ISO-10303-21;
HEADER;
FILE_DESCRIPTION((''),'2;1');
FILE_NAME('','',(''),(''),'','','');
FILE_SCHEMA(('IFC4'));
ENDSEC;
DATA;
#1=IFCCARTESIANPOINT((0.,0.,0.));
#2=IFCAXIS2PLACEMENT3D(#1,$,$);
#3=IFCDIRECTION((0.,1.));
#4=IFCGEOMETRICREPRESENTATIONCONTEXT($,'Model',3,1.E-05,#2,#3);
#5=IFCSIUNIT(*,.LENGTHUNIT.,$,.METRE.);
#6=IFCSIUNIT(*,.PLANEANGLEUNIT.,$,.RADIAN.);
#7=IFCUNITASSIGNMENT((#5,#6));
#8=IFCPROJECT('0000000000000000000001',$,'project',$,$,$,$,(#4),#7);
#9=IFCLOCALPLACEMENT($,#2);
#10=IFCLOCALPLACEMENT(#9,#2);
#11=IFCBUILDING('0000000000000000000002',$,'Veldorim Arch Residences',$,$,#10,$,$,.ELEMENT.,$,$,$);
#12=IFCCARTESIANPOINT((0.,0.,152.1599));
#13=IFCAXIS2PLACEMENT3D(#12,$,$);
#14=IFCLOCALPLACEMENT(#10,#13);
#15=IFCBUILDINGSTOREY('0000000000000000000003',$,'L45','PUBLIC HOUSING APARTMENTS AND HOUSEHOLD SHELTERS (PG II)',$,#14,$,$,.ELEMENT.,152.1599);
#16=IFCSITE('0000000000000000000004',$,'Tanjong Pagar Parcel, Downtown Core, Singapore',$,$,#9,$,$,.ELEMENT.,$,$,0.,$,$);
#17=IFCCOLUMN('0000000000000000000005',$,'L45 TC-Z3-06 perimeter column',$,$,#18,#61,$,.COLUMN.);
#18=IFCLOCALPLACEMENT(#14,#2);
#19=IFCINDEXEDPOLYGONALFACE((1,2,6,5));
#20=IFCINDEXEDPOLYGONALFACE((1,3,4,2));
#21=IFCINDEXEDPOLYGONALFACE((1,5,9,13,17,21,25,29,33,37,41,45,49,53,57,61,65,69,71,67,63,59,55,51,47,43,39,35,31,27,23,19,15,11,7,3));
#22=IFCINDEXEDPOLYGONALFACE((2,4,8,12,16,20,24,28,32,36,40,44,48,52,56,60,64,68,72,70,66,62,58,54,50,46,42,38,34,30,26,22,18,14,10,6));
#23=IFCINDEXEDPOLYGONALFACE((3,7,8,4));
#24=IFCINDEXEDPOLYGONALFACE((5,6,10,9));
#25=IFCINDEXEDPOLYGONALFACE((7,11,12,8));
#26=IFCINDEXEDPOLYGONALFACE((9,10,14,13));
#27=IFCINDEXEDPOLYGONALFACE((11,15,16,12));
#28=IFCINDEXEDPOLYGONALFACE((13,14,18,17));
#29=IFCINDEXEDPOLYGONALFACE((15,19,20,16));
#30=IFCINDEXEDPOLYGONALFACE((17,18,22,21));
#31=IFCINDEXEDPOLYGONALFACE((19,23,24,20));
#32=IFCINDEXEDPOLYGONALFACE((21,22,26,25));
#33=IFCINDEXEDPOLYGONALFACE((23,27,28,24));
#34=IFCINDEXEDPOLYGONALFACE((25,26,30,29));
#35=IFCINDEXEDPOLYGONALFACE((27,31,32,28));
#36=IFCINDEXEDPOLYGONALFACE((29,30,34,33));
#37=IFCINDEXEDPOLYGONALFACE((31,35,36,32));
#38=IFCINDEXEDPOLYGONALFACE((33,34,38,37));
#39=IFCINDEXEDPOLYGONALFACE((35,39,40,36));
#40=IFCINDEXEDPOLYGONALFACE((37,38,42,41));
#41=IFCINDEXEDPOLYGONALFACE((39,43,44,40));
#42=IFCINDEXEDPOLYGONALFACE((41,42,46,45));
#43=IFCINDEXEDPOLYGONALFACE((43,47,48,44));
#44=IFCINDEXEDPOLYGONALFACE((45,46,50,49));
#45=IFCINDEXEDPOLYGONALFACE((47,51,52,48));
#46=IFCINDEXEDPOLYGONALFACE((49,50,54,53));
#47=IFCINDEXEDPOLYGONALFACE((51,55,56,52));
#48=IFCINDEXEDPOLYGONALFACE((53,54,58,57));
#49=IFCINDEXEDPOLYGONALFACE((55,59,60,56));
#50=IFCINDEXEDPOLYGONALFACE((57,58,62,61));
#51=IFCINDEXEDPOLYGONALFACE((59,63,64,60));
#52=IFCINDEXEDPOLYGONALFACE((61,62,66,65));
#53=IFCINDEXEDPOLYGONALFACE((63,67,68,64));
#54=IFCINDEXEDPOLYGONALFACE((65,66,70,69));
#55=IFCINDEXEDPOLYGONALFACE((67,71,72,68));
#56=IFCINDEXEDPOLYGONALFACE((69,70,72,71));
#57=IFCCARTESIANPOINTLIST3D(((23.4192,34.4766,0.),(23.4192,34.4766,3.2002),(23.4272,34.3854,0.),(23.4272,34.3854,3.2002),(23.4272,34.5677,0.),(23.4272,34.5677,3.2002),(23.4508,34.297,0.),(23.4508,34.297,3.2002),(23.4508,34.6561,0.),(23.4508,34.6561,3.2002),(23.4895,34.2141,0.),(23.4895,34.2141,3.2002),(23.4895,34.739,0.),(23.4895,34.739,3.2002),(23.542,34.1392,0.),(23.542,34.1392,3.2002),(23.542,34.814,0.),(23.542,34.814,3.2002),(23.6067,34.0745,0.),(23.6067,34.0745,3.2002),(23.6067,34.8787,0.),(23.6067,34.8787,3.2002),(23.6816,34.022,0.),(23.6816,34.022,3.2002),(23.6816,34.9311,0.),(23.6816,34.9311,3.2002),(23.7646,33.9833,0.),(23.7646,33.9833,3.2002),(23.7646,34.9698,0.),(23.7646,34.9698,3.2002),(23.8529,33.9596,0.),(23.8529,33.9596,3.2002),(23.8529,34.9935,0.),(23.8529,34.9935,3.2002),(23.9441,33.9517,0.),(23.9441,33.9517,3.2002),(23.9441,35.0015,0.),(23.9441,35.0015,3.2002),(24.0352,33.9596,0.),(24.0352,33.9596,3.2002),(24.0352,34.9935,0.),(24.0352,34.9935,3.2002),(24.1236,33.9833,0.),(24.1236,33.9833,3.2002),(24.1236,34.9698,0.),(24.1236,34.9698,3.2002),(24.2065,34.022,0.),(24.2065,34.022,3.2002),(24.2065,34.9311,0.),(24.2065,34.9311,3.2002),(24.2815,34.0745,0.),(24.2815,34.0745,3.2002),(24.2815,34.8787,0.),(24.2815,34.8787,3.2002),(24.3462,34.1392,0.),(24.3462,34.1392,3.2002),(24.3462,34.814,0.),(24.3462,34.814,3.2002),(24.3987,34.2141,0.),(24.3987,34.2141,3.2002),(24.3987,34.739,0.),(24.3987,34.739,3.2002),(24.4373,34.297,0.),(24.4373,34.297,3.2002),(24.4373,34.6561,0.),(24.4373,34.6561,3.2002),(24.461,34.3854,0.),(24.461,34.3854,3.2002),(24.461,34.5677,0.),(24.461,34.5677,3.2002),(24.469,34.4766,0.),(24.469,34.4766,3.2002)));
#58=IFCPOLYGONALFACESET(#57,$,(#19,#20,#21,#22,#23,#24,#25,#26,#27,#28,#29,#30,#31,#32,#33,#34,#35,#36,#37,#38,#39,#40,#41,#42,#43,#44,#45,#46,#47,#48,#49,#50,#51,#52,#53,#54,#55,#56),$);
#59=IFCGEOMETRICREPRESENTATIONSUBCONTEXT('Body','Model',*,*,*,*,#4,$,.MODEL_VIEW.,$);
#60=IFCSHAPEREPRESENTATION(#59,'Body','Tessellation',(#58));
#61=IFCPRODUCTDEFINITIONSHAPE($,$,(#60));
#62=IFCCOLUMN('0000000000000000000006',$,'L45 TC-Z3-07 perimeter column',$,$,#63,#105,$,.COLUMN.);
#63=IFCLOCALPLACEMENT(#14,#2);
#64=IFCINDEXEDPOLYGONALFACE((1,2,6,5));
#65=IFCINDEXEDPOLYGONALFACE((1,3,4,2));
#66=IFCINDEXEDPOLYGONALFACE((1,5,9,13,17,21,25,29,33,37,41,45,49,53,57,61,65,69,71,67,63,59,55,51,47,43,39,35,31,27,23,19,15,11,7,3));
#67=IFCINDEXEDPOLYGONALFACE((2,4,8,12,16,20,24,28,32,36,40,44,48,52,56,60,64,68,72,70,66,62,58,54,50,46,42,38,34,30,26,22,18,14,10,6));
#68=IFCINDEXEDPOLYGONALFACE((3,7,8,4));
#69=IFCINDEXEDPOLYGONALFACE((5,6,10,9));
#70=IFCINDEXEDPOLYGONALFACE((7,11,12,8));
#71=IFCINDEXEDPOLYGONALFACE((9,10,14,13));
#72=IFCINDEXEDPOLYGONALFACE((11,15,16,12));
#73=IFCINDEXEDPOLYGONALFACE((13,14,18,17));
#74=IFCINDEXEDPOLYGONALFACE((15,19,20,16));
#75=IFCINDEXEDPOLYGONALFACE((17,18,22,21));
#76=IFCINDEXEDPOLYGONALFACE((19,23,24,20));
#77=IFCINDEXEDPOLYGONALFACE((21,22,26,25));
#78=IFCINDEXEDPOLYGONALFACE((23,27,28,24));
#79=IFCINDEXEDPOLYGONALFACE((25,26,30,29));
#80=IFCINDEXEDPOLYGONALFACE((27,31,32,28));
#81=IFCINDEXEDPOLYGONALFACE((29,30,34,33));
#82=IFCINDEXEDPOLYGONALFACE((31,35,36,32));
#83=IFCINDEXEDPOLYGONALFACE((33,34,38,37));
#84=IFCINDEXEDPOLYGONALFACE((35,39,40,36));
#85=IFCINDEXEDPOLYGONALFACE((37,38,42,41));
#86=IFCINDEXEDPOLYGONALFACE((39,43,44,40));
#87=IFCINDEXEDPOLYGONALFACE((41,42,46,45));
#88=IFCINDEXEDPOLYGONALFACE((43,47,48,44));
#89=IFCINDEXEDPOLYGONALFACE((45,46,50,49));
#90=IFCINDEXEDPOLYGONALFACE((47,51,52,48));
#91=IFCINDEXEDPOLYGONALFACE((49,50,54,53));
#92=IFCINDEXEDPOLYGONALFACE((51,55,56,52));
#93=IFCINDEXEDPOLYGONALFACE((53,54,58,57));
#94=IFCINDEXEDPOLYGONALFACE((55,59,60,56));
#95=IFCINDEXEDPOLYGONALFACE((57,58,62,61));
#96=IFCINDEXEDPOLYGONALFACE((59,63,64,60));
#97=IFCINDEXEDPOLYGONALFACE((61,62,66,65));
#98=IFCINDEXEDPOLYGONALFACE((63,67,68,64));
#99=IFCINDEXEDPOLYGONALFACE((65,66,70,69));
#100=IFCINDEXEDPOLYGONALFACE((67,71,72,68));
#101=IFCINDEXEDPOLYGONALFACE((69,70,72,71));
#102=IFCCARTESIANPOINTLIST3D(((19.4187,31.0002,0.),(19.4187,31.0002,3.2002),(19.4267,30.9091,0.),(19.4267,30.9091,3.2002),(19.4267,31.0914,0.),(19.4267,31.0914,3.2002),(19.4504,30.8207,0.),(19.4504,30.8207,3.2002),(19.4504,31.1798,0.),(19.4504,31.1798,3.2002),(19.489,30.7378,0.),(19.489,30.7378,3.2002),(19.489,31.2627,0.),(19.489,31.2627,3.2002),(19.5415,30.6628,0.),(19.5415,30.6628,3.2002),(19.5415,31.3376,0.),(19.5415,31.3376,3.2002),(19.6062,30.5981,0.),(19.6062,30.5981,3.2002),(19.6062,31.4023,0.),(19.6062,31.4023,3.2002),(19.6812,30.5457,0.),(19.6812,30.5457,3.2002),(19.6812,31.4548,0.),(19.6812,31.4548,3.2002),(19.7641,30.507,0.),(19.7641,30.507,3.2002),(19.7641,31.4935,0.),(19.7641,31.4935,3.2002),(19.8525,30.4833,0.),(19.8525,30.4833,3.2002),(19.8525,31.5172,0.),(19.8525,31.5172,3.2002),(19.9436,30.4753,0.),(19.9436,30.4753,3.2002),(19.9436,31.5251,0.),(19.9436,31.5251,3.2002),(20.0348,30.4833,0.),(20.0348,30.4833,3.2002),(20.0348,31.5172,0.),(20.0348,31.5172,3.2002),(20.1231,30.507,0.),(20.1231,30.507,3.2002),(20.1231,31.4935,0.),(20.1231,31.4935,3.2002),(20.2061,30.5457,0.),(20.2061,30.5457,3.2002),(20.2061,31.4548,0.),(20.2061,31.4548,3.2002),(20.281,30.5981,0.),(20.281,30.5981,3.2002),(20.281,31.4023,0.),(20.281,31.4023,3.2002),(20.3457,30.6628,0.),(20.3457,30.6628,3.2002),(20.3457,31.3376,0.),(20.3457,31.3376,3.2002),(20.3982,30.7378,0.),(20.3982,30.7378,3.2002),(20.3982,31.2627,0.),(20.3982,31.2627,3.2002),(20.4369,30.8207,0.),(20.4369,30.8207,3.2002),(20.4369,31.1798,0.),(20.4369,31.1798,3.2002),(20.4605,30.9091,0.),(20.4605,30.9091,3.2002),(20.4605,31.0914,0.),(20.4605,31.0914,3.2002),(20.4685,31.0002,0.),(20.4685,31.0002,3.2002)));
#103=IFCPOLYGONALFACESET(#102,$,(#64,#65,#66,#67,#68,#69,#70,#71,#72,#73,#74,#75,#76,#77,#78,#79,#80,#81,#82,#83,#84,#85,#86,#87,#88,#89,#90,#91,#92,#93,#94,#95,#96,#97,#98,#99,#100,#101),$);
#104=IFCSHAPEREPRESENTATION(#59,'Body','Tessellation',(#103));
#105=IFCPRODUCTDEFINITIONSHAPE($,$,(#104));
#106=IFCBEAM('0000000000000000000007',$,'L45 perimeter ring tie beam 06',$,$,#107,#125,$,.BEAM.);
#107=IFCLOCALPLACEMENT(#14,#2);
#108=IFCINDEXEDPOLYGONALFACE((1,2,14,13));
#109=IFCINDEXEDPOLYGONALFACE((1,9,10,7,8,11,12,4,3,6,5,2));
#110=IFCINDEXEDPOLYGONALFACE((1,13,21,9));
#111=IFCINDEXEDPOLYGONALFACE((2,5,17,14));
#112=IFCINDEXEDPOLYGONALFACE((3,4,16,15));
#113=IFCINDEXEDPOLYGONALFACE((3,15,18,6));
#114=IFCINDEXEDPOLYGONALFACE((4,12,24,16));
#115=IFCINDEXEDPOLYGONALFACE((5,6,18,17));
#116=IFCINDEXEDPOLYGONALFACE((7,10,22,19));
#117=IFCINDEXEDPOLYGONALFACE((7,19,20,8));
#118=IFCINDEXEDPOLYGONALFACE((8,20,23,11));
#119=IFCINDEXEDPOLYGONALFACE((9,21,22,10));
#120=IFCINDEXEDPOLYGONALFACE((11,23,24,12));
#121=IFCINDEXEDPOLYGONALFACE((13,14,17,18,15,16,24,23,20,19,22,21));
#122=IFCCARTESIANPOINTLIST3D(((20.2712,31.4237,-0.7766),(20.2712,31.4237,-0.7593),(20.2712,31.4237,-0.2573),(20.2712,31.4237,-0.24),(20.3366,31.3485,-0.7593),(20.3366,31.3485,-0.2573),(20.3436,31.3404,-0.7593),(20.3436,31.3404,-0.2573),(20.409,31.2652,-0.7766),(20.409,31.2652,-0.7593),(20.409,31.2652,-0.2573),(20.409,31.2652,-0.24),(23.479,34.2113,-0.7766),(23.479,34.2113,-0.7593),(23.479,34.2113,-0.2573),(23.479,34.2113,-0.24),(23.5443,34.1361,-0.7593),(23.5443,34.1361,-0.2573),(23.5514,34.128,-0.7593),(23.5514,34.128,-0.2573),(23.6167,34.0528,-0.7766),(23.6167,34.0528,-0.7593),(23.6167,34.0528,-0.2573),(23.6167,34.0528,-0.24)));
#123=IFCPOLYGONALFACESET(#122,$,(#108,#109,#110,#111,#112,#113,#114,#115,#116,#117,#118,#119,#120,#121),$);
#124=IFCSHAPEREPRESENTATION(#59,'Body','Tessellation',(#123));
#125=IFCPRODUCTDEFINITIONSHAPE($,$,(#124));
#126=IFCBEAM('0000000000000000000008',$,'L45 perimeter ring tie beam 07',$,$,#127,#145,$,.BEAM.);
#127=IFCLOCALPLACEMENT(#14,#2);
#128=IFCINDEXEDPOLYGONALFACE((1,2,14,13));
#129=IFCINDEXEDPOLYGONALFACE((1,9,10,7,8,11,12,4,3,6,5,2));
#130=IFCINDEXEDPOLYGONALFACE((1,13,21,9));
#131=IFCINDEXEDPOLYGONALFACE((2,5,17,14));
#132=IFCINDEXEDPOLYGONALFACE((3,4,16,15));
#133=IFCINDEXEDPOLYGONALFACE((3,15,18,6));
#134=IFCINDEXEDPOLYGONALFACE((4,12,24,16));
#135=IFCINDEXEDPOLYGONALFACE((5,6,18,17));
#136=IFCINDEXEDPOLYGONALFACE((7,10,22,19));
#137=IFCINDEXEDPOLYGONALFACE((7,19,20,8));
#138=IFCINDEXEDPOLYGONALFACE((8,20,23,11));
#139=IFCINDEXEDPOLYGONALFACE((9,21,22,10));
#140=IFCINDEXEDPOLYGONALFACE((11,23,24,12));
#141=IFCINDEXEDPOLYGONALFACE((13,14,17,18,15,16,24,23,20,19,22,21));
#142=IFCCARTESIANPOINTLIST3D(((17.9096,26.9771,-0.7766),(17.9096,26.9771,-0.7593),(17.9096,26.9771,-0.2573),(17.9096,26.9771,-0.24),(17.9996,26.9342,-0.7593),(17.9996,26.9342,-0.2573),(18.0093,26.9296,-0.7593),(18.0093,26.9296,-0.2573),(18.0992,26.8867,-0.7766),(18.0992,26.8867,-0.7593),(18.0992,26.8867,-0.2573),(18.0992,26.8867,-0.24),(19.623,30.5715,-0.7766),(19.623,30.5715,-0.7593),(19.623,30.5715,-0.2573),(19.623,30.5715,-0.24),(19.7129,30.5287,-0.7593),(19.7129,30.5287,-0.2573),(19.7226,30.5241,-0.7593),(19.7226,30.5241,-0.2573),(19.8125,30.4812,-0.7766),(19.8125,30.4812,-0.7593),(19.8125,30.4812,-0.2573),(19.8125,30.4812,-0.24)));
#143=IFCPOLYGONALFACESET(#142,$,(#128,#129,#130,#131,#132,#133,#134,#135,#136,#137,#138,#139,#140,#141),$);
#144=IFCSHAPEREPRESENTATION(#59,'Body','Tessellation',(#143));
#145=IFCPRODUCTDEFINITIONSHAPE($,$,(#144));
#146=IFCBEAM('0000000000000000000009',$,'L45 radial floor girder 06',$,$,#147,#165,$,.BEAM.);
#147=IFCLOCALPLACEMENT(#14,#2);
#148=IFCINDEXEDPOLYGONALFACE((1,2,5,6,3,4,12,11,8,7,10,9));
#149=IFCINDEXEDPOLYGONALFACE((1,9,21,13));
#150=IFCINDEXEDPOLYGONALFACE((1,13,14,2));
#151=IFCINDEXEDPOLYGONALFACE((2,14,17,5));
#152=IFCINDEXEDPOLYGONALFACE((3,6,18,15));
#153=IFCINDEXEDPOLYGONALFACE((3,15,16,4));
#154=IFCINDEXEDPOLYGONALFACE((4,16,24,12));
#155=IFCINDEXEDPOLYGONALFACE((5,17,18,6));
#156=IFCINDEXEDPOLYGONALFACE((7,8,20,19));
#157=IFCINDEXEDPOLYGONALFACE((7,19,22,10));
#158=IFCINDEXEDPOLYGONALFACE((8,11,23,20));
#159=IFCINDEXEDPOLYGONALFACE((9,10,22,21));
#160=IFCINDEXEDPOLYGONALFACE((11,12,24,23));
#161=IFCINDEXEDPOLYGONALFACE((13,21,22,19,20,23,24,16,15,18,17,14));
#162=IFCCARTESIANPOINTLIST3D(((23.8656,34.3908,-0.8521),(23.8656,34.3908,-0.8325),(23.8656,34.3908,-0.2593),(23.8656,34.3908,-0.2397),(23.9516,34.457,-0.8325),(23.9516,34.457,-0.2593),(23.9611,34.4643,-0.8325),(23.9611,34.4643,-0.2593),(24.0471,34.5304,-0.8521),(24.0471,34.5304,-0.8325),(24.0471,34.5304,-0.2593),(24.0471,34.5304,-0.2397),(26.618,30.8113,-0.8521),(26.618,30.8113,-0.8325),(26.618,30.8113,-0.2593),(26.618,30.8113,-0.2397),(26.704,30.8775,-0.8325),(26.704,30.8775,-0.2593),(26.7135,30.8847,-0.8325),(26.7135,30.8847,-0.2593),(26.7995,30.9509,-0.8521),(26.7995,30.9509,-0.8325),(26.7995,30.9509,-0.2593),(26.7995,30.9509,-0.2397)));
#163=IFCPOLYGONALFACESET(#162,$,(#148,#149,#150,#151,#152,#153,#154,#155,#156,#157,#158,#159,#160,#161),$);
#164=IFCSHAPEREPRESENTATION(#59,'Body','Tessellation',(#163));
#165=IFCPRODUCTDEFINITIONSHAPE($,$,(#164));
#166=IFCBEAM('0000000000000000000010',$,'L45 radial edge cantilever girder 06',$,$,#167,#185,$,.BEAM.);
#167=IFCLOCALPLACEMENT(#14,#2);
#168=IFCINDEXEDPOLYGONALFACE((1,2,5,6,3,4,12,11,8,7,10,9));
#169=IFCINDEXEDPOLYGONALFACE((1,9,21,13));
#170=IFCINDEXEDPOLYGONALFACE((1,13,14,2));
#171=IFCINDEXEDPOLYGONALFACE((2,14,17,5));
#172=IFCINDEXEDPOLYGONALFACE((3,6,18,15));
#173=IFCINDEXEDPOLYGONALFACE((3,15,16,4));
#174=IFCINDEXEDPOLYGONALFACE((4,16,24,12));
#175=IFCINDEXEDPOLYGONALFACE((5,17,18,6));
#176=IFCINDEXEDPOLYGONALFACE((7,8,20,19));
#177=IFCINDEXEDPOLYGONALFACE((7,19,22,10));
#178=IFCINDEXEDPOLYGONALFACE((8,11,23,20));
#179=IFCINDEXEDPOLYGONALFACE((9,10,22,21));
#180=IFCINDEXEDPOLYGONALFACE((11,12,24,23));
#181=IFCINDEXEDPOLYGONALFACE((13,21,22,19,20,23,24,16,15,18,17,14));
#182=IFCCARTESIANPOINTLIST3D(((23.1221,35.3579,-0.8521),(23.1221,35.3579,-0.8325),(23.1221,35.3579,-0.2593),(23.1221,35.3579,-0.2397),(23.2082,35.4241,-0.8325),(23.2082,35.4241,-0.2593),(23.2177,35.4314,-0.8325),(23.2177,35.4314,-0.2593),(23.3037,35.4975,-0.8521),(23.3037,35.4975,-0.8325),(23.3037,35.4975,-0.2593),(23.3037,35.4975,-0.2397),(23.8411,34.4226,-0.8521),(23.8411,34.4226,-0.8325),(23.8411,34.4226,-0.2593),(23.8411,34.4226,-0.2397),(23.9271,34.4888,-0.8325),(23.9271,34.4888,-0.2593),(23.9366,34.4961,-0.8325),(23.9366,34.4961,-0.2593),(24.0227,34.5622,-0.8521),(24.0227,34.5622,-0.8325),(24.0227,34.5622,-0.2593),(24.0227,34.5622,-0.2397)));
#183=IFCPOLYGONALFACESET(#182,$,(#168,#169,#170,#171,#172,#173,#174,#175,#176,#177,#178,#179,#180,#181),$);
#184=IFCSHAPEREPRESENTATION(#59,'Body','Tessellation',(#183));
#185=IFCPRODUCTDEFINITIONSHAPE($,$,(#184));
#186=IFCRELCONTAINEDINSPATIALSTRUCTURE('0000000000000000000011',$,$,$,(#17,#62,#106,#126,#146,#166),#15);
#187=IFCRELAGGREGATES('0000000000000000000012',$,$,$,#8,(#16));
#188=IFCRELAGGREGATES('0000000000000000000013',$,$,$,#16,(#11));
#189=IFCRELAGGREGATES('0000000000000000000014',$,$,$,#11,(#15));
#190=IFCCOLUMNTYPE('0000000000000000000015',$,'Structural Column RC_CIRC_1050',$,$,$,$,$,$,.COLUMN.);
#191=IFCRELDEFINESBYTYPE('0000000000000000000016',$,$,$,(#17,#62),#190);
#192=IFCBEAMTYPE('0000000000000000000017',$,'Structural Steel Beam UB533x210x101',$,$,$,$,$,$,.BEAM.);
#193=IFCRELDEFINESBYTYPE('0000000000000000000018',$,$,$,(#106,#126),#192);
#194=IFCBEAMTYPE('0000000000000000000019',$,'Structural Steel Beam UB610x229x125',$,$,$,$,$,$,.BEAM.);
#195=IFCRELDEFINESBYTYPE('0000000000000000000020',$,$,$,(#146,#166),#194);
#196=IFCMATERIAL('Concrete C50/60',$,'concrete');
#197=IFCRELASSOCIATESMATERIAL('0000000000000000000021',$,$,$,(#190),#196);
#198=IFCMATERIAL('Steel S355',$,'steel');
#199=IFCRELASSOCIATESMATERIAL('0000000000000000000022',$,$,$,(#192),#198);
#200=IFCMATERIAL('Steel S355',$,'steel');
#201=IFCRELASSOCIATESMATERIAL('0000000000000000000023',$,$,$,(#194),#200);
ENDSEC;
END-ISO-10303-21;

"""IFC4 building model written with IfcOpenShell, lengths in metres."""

from ifc_helpers import new_model, si_unit, direction, frame, origin, origin_2d, place, context, subcontext, project, spatial, circle, i_section, extrude, material, material_profile, profile_set, type_object, element, save


model = new_model("IFC4")

# Units and contexts
model_context = context("Model", 3, precision=1e-05, world=origin(), true_north=direction((0.0, 1.0)))
body_context = subcontext(model_context, "Body", "Model", "MODEL_VIEW")
ifc_project = project(units=[si_unit("LENGTHUNIT", "METRE"), si_unit("PLANEANGLEUNIT", "RADIAN")], contexts=[model_context])

# Site, building, storey
site_placement = place(None, origin())
site = spatial("IfcSite", under=ifc_project, at=site_placement, Name="Tanjong Pagar Parcel, Downtown Core, Singapore", CompositionType="ELEMENT", RefElevation=0.0)
building_placement = place(site_placement, origin())
building = spatial("IfcBuilding", under=site, at=building_placement, Name="Veldorim Arch Residences", CompositionType="ELEMENT")
storey_placement = place(building_placement, frame((0.0, 0.0, 152.1599)))
storey = spatial("IfcBuildingStorey", under=building, at=storey_placement, Name="L45", Description="PUBLIC HOUSING APARTMENTS AND HOUSEHOLD SHELTERS (PG II)", CompositionType="ELEMENT", Elevation=152.1599)

# Columns
ifc_material_1 = material(Name="Concrete C50/60", Category="concrete")
ifc_material_profile_1 = material_profile(ifc_material_1, circle(Radius=0.5249, at=origin_2d()), Name="RC_CIRC_1050")
ifc_profile_set_1 = profile_set([ifc_material_profile_1], Name="Concrete C50/60")
column_type = type_object("IfcColumnType", Name="Structural Column RC_CIRC_1050", PredefinedType="COLUMN", material=ifc_profile_set_1)
for number, where, z_axis, x_axis, name in (
    (1, (23.9441, 34.4766, 0.0), (0.0, 0.0, 1.0), (1.0, 0.0, 0.0), "L45 TC-Z3-06 perimeter column"),
    (2, (19.9436, 31.0002, 0.0), (0.0, 0.0, 1.0), (1.0, 0.0, 0.0), "L45 TC-Z3-07 perimeter column"),
):
    element("IfcColumn", number, at=place(storey_placement, frame(where, z_axis=z_axis, x_axis=x_axis)), inside=storey, type_object=column_type, Name=name, PredefinedType="COLUMN", context=body_context, shape_type="SweptSolid", body=[
        extrude(circle(Radius=0.5249, at=origin_2d()), origin(), (0.0, 0.0, 1.0), 3.2002),
    ])

# Beams
ifc_material_2 = material(Name="Steel S355", Category="steel")
ifc_material_profile_2 = material_profile(ifc_material_2, i_section(OverallWidth=0.21, OverallDepth=0.5366, WebThickness=0.0107, FlangeThickness=0.0173, at=origin_2d()), Name="UB533x210x101")
ifc_profile_set_2 = profile_set([ifc_material_profile_2], Name="Steel S355")
beam_type_1 = type_object("IfcBeamType", Name="Structural Steel Beam UB533x210x101", PredefinedType="BEAM", material=ifc_profile_set_2)
beam_1_placement = place(storey_placement, frame((23.5479, 34.1321, -0.5083), z_axis=(-0.754811, -0.655943, 0.0), x_axis=(0.655943, -0.754811, 0.0)))
element("IfcBeam", 3, at=beam_1_placement, inside=storey, type_object=beam_type_1, Name="L45 perimeter ring tie beam 06", PredefinedType="BEAM", context=body_context, shape_type="SweptSolid", body=[
    extrude(i_section(OverallWidth=0.21, OverallDepth=0.5366, WebThickness=0.0107, FlangeThickness=0.0173, at=origin_2d()), origin(), (0.0, 0.0, 1.0), 4.2498),
])
beam_2_placement = place(storey_placement, frame((19.7178, 30.5264, -0.5083), z_axis=(-0.430286, -0.902693, 0.0), x_axis=(0.902693, -0.430286, 0.0)))
element("IfcBeam", 4, at=beam_2_placement, inside=storey, type_object=beam_type_1, Name="L45 perimeter ring tie beam 07", PredefinedType="BEAM", context=body_context, shape_type="SweptSolid", body=[
    extrude(i_section(OverallWidth=0.21, OverallDepth=0.5366, WebThickness=0.0107, FlangeThickness=0.0173, at=origin_2d()), origin(), (0.0, 0.0, 1.0), 3.9819),
])
ifc_material_3 = material(Name="Steel S355", Category="steel")
ifc_material_profile_3 = material_profile(ifc_material_3, i_section(OverallWidth=0.229, OverallDepth=0.6123, WebThickness=0.012, FlangeThickness=0.0195, at=origin_2d()), Name="UB610x229x125")
ifc_profile_set_3 = profile_set([ifc_material_profile_3], Name="Steel S355")
beam_type_2 = type_object("IfcBeamType", Name="Structural Steel Beam UB610x229x125", PredefinedType="BEAM", material=ifc_profile_set_3)
beam_3_placement = place(storey_placement, frame((26.7087, 30.8811, -0.5459), z_axis=(-0.609559, 0.792741, 0.0), x_axis=(-0.792741, -0.609559, 0.0)))
element("IfcBeam", 5, at=beam_3_placement, inside=storey, type_object=beam_type_2, Name="L45 radial floor girder 06", PredefinedType="BEAM", context=body_context, shape_type="SweptSolid", body=[
    extrude(i_section(OverallWidth=0.229, OverallDepth=0.6123, WebThickness=0.012, FlangeThickness=0.0195, at=origin_2d()), origin(), (0.0, 0.0, 1.0), 4.5154),
])
beam_4_placement = place(storey_placement, frame((23.9319, 34.4924, -0.5459), z_axis=(-0.609461, 0.792816, 0.0), x_axis=(-0.792816, -0.609461, 0.0)))
element("IfcBeam", 6, at=beam_4_placement, inside=storey, type_object=beam_type_2, Name="L45 radial edge cantilever girder 06", PredefinedType="BEAM", context=body_context, shape_type="SweptSolid", body=[
    extrude(i_section(OverallWidth=0.229, OverallDepth=0.6123, WebThickness=0.012, FlangeThickness=0.0195, at=origin_2d()), origin(), (0.0, 0.0, 1.0), 1.1797),
])

save(model, "model.ifc")
